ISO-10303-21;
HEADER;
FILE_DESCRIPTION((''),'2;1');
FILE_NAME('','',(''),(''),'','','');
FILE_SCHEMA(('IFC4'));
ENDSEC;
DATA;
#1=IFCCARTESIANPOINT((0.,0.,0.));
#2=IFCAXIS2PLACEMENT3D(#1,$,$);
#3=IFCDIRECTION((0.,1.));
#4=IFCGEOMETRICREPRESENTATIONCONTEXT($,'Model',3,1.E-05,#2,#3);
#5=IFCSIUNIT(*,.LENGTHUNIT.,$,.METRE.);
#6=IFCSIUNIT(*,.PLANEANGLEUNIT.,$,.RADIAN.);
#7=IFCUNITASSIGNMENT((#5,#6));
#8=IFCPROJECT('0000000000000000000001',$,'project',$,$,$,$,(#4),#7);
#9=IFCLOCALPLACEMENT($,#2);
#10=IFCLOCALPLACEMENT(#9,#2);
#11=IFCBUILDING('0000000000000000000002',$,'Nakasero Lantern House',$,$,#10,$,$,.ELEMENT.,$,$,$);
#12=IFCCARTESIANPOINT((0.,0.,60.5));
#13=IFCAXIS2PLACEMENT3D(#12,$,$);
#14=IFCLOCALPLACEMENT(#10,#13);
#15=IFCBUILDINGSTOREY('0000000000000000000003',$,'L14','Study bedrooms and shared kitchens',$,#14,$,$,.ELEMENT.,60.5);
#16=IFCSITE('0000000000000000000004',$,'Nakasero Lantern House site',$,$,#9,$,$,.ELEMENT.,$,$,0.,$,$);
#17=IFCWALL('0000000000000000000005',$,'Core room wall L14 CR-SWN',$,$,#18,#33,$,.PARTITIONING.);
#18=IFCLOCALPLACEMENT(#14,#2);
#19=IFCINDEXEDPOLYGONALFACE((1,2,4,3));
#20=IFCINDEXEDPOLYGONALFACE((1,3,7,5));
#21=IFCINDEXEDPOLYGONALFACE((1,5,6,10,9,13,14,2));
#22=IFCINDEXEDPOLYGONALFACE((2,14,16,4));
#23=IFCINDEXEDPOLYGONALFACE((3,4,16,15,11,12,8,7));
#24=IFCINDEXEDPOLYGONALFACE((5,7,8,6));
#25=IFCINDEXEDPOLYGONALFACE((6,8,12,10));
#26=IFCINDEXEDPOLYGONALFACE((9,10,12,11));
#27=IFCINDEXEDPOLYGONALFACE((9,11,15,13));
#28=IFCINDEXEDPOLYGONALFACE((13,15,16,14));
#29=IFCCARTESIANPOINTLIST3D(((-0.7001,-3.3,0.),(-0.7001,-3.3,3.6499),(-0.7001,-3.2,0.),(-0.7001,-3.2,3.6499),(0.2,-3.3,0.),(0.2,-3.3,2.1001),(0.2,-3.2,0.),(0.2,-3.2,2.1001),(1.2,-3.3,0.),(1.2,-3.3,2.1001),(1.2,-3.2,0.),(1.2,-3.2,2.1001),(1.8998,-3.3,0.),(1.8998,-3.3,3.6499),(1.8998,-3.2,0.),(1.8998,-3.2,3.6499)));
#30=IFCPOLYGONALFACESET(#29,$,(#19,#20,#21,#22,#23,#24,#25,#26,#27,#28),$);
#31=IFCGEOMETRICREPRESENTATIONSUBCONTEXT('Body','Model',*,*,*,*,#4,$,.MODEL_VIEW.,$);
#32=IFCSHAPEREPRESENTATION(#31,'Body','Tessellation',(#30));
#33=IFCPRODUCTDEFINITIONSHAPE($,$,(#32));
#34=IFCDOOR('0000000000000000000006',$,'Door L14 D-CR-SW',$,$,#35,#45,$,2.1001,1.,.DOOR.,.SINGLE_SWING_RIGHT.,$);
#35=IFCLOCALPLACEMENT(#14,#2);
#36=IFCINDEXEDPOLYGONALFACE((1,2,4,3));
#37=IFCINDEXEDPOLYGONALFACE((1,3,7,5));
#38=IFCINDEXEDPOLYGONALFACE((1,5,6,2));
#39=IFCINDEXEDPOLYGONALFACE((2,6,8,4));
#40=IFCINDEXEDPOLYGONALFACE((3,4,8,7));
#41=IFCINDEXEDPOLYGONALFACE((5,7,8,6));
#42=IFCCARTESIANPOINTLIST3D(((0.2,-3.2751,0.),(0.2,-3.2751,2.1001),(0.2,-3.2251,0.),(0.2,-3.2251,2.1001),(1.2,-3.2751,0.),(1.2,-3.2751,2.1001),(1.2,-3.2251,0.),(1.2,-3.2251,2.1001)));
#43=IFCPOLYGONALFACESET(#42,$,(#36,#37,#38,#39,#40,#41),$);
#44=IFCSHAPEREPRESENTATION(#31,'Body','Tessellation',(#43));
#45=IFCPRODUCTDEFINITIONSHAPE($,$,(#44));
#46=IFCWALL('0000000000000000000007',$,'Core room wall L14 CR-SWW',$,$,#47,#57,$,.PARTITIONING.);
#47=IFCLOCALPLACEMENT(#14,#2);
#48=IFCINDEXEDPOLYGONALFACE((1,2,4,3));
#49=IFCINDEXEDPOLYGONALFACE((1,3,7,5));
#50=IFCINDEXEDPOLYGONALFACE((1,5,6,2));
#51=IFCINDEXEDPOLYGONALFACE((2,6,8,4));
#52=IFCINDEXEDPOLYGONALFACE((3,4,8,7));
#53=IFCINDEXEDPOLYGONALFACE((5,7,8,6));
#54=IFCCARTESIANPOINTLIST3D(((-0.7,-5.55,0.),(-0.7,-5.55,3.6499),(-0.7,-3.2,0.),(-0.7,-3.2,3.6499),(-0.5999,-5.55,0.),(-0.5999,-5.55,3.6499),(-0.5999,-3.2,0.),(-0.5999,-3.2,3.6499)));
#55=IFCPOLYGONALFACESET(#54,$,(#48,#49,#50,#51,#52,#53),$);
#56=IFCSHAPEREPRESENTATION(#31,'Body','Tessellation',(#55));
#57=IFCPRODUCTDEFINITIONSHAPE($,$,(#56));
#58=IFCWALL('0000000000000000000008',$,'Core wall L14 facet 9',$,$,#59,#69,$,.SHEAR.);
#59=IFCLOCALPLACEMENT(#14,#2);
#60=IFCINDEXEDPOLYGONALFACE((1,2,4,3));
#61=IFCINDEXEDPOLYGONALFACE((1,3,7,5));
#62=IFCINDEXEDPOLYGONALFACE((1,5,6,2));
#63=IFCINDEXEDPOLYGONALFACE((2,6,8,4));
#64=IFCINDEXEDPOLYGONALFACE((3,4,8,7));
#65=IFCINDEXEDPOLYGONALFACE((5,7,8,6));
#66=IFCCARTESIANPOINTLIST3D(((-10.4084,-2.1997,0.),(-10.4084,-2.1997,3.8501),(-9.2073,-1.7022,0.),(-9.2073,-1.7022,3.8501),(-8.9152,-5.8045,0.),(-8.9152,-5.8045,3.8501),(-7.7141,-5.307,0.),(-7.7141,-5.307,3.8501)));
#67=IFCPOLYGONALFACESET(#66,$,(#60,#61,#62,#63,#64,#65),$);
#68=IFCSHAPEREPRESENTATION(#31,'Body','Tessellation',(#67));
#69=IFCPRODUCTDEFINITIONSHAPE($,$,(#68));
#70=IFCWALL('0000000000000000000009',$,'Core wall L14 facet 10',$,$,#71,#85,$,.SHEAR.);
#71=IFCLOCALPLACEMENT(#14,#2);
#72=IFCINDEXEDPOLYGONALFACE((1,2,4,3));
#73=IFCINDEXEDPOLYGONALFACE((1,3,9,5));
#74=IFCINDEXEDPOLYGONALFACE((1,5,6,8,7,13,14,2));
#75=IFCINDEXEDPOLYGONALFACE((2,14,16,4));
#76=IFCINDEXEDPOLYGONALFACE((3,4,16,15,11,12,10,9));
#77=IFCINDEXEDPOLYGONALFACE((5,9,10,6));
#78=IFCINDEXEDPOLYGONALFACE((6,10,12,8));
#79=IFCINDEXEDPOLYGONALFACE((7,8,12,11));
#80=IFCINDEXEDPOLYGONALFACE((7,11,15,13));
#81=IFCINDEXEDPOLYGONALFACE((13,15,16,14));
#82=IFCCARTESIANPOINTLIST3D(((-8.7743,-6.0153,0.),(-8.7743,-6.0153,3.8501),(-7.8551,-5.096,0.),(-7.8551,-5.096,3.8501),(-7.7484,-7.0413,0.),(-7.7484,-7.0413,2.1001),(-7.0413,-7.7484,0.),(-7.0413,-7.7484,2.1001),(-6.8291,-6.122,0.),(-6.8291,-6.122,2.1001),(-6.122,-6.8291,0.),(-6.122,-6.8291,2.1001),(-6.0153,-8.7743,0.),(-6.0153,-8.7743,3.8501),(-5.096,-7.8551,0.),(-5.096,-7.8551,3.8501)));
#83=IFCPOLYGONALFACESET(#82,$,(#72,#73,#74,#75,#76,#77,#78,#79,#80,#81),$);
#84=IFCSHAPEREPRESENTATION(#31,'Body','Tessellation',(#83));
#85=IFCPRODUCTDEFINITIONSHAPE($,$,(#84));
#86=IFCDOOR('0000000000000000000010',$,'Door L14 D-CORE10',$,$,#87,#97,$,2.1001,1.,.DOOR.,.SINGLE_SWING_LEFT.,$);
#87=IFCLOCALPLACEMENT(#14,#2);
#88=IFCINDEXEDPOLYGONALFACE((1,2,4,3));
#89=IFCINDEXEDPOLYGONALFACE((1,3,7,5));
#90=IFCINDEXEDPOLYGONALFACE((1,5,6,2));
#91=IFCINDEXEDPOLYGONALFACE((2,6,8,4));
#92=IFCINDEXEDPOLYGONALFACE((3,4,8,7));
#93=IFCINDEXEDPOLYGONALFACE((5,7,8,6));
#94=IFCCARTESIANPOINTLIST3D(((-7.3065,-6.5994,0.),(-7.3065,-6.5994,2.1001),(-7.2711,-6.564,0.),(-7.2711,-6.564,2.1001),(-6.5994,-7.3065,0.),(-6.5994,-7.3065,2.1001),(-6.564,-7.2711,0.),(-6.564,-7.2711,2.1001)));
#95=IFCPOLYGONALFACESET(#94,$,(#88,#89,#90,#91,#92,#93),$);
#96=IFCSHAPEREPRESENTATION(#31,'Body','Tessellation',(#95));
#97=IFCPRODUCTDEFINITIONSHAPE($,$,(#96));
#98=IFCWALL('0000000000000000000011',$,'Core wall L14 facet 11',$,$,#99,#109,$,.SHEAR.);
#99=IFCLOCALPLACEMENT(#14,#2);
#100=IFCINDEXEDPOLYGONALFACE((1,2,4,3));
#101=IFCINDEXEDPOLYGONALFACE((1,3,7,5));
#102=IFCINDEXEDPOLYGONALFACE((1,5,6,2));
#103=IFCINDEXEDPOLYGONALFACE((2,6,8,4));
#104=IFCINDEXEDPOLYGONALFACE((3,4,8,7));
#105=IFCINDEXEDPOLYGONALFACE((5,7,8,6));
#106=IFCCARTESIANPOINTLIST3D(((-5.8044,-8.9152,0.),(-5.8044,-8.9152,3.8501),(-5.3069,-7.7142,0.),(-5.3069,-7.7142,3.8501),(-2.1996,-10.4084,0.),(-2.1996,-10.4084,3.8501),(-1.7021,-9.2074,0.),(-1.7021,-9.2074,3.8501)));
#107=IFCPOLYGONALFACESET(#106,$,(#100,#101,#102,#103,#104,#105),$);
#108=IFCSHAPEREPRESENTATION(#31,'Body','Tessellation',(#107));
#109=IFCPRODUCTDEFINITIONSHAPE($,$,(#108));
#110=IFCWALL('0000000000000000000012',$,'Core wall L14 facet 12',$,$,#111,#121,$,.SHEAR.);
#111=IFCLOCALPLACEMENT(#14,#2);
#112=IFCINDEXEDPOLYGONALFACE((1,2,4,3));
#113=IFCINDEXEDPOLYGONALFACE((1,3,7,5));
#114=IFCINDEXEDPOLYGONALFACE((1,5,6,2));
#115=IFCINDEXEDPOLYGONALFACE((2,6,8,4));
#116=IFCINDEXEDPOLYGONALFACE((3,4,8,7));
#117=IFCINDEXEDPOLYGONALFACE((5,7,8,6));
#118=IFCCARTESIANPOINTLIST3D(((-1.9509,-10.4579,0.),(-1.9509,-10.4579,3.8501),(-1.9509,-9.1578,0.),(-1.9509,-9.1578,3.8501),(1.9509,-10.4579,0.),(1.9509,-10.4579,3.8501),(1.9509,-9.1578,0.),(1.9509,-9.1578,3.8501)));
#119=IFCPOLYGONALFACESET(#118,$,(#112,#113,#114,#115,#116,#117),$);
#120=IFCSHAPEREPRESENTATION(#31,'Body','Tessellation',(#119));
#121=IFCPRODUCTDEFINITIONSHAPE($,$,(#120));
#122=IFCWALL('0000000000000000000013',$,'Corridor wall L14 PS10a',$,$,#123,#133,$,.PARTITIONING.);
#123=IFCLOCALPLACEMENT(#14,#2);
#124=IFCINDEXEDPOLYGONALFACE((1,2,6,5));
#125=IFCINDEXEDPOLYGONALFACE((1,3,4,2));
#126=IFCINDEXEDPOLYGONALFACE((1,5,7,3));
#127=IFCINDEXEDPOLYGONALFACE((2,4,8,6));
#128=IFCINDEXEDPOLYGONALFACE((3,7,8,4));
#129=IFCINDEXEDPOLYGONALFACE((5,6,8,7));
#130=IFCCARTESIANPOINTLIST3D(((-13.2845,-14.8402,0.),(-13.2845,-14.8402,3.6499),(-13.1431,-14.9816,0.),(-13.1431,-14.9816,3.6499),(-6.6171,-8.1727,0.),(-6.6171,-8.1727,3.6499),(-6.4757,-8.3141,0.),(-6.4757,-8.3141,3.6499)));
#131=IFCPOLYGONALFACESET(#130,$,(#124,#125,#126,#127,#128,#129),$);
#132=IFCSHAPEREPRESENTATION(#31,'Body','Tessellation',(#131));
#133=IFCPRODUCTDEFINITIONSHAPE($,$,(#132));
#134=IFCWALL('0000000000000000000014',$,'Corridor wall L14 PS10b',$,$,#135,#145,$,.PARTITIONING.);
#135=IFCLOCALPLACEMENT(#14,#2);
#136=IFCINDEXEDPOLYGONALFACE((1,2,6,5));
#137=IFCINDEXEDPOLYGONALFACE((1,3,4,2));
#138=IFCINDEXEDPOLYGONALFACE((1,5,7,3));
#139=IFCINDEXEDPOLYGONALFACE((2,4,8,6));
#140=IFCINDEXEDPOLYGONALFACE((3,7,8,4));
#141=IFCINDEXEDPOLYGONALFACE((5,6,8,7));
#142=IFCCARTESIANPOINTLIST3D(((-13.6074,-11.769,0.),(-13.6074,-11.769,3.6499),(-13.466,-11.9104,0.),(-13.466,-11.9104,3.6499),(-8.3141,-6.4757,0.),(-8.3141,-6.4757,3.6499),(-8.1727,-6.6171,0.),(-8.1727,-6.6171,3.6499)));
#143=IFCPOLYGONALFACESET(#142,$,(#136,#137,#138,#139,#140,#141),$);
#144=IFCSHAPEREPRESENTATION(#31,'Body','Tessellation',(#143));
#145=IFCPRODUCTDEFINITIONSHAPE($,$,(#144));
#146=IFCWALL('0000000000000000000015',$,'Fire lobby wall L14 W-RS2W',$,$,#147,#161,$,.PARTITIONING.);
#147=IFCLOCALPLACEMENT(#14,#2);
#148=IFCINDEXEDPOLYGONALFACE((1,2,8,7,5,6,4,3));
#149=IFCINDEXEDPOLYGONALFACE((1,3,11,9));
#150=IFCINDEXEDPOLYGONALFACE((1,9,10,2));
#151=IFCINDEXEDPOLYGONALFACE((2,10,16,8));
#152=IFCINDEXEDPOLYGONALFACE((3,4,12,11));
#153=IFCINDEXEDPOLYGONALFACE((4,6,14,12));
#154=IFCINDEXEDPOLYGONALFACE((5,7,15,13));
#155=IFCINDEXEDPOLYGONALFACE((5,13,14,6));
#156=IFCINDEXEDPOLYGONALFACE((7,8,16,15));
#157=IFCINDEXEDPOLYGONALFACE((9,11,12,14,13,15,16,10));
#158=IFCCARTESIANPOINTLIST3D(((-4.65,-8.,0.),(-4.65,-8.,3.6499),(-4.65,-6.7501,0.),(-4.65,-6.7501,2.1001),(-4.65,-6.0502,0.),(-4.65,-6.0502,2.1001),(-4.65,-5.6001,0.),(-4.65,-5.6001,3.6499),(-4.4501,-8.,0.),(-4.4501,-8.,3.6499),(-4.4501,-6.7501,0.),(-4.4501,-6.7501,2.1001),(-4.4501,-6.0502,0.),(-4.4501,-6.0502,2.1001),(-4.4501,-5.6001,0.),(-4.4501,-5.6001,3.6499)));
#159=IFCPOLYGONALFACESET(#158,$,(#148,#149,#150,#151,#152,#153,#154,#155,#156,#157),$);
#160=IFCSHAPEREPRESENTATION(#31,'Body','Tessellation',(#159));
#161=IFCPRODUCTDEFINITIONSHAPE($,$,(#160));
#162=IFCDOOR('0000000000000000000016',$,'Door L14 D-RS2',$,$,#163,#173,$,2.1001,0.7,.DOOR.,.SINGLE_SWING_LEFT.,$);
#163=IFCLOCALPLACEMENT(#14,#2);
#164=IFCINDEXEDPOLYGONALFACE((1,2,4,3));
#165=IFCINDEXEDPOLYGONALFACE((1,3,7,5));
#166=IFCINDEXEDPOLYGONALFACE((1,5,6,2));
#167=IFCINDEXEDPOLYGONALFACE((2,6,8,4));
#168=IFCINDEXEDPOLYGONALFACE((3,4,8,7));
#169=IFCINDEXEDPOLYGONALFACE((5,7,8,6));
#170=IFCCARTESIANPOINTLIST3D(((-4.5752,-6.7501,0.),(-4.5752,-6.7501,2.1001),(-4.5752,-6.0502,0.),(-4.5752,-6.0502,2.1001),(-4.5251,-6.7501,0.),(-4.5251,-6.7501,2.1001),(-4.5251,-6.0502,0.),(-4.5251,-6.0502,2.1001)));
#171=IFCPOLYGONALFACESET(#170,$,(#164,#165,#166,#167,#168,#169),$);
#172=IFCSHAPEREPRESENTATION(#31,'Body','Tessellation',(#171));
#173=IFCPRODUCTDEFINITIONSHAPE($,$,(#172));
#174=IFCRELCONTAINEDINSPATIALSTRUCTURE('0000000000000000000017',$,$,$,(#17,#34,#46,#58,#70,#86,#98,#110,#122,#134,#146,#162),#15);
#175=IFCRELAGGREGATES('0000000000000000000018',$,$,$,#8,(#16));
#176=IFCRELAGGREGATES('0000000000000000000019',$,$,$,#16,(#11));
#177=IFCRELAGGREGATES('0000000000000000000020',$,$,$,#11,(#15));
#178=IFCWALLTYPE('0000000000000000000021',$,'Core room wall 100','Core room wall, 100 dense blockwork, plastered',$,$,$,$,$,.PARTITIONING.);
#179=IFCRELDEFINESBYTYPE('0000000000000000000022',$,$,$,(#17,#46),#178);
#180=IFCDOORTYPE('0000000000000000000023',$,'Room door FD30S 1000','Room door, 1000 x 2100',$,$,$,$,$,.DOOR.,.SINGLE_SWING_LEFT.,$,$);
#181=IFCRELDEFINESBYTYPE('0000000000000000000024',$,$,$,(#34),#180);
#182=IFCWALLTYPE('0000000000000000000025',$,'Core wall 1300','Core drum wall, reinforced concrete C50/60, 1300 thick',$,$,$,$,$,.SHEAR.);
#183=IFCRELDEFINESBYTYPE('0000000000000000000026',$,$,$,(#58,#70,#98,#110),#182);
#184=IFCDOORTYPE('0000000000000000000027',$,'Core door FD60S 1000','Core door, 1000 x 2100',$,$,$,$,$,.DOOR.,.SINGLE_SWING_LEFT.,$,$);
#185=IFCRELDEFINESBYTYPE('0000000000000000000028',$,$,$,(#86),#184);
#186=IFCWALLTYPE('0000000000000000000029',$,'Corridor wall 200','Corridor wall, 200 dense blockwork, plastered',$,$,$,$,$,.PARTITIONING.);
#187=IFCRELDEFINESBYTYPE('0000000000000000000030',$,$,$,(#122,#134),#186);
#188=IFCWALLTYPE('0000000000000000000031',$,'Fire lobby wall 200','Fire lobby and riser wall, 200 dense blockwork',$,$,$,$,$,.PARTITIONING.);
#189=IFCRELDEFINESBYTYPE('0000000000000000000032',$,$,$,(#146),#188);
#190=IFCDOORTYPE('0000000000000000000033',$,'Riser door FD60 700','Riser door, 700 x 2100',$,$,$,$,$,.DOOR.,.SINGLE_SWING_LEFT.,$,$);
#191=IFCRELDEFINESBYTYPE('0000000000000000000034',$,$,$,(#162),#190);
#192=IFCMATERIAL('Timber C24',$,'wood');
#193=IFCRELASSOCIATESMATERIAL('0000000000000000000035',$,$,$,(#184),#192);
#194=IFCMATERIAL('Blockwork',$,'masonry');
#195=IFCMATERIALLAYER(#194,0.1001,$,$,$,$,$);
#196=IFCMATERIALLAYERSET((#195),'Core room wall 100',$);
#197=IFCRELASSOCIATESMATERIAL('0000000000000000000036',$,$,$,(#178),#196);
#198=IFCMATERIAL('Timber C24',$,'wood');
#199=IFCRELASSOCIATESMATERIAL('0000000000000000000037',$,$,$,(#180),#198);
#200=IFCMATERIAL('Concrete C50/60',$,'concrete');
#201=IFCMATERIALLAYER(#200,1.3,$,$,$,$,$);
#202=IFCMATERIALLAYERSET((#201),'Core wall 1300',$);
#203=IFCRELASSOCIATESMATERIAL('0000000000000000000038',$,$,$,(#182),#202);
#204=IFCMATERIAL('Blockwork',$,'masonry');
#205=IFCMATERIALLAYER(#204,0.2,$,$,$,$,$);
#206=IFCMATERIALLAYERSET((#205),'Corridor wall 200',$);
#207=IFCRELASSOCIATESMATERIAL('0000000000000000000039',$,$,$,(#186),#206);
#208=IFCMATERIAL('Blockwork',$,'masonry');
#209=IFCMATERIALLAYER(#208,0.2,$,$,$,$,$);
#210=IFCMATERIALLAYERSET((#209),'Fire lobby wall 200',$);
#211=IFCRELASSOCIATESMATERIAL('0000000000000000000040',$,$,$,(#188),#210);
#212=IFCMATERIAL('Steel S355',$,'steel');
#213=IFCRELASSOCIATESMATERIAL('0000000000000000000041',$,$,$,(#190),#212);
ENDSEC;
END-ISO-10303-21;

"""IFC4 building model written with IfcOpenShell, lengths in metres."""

from ifc_helpers import new_model, si_unit, direction, frame, frame_2d, origin, place, context, subcontext, project, spatial, rectangle, extrude, material, layer, layer_set, type_object, element, fill, save


model = new_model("IFC4")

# Units and contexts
model_context = context("Model", 3, precision=1e-05, world=origin(), true_north=direction((0.0, 1.0)))
body_context = subcontext(model_context, "Body", "Model", "MODEL_VIEW")
ifc_project = project(units=[si_unit("LENGTHUNIT", "METRE"), si_unit("PLANEANGLEUNIT", "RADIAN")], contexts=[model_context])

# Site, building, storey
site_placement = place(None, origin())
site = spatial("IfcSite", under=ifc_project, at=site_placement, Name="Nakasero Lantern House site", CompositionType="ELEMENT", RefElevation=0.0)
building_placement = place(site_placement, origin())
building = spatial("IfcBuilding", under=site, at=building_placement, Name="Nakasero Lantern House", CompositionType="ELEMENT")
storey_placement = place(building_placement, frame((0.0, 0.0, 60.5)))
storey = spatial("IfcBuildingStorey", under=building, at=storey_placement, Name="L14", Description="Study bedrooms and shared kitchens", CompositionType="ELEMENT", Elevation=60.5)

# Shared definitions
ifc_material_1 = material(Name="Timber C24", Category="wood")
door_type_1 = type_object("IfcDoorType", Name="Core door FD60S 1000", Description="Core door, 1000 x 2100", OperationType="SINGLE_SWING_LEFT", PredefinedType="DOOR", material=ifc_material_1)

# Wall, opening, door
ifc_material_2 = material(Name="Blockwork", Category="masonry")
ifc_layer_1 = layer(ifc_material_2, 0.1001)
ifc_layer_set_1 = layer_set([ifc_layer_1], Name="Core room wall 100")
wall_type_1 = type_object("IfcWallType", Name="Core room wall 100", Description="Core room wall, 100 dense blockwork, plastered", PredefinedType="PARTITIONING", material=ifc_layer_set_1)
wall_1_placement = place(storey_placement, frame((-0.7, -3.25, 0.0), z_axis=(0.0, 0.0, 1.0), x_axis=(1.0, 0.0, 0.0)))
wall_1 = element("IfcWall", 1, at=wall_1_placement, inside=storey, type_object=wall_type_1, Name="Core room wall L14 CR-SWN", PredefinedType="PARTITIONING", context=body_context, shape_type="SweptSolid", body=[
    extrude(rectangle(XDim=2.5999, YDim=0.1001, at=frame_2d((1.2998, 0.0))), origin(), (0.0, 0.0, 1.0), 3.6499),
])
opening_1_placement = place(wall_1_placement, frame((0.8999, 0.0, 0.0)))
opening_1 = element("IfcOpeningElement", 2, at=opening_1_placement, cuts=wall_1, PredefinedType="OPENING", context=body_context, shape_type="SweptSolid", body=[
    extrude(rectangle(XDim=1.0, YDim=2.1001, at=frame_2d((0.5, 1.05))), frame((0.0, 0.0701, 0.0), z_axis=(0.0, -1.0, 0.0), x_axis=(1.0, 0.0, 0.0)), (0.0, 0.0, 1.0), 0.1401),
])
ifc_material_3 = material(Name="Timber C24", Category="wood")
door_type_2 = type_object("IfcDoorType", Name="Room door FD30S 1000", Description="Room door, 1000 x 2100", OperationType="SINGLE_SWING_LEFT", PredefinedType="DOOR", material=ifc_material_3)
door_1_placement = place(opening_1_placement, origin())
door_1 = element("IfcDoor", 3, at=door_1_placement, inside=storey, type_object=door_type_2, Name="Door L14 D-CR-SW", OperationType="SINGLE_SWING_RIGHT", OverallHeight=2.1001, OverallWidth=1.0, PredefinedType="DOOR", context=body_context, shape_type="SweptSolid", body=[
    extrude(rectangle(XDim=1.0, YDim=2.1001, at=frame_2d((0.5, 1.05))), frame((0.0, 0.0249, 0.0), z_axis=(0.0, -1.0, 0.0), x_axis=(1.0, 0.0, 0.0)), (0.0, 0.0, 1.0), 0.05),
])
fill(opening_1, door_1)

# Walls
wall_2_placement = place(storey_placement, frame((-0.6499, -5.55, 0.0), z_axis=(0.0, 0.0, 1.0), x_axis=(0.0, 1.0, 0.0)))
element("IfcWall", 4, at=wall_2_placement, inside=storey, type_object=wall_type_1, Name="Core room wall L14 CR-SWW", PredefinedType="PARTITIONING", context=body_context, shape_type="SweptSolid", body=[
    extrude(rectangle(XDim=2.3501, YDim=0.1001, at=frame_2d((1.175, 0.0))), origin(), (0.0, 0.0, 1.0), 3.6499),
])
ifc_material_4 = material(Name="Concrete C50/60", Category="concrete")
ifc_layer_2 = layer(ifc_material_4, 1.3)
ifc_layer_set_2 = layer_set([ifc_layer_2], Name="Core wall 1300")
wall_type_2 = type_object("IfcWallType", Name="Core wall 1300", Description="Core drum wall, reinforced concrete C50/60, 1300 thick", PredefinedType="SHEAR", material=ifc_layer_set_2)
wall_3_placement = place(storey_placement, frame((-9.8079, -1.9509, 0.0), z_axis=(0.0, 0.0, 1.0), x_axis=(0.382691, -0.923877, 0.0)))
element("IfcWall", 5, at=wall_3_placement, inside=storey, type_object=wall_type_2, Name="Core wall L14 facet 9", PredefinedType="SHEAR", context=body_context, shape_type="SweptSolid", body=[
    extrude(rectangle(XDim=3.9019, YDim=1.3, at=frame_2d((1.9509, 0.0))), origin(), (0.0, 0.0, 1.0), 3.8501),
])

# Wall, opening, door
wall_4_placement = place(storey_placement, frame((-8.3147, -5.5557, 0.0), z_axis=(0.0, 0.0, 1.0), x_axis=(0.707107, -0.707107, 0.0)))
wall_4 = element("IfcWall", 6, at=wall_4_placement, inside=storey, type_object=wall_type_2, Name="Core wall L14 facet 10", PredefinedType="SHEAR", context=body_context, shape_type="SweptSolid", body=[
    extrude(rectangle(XDim=3.9019, YDim=1.3, at=frame_2d((1.9509, 0.0))), origin(), (0.0, 0.0, 1.0), 3.8501),
])
opening_2_placement = place(wall_4_placement, frame((1.4509, 0.0, 0.0)))
opening_2 = element("IfcOpeningElement", 7, at=opening_2_placement, cuts=wall_4, PredefinedType="OPENING", context=body_context, shape_type="SweptSolid", body=[
    extrude(rectangle(XDim=1.0, YDim=2.1001, at=frame_2d((0.5, 1.05))), frame((0.0, 0.6699, 0.0), z_axis=(0.0, -1.0, 0.0), x_axis=(1.0, 0.0, 0.0)), (0.0, 0.0, 1.0), 1.3401),
])
door_2_placement = place(opening_2_placement, origin())
door_2 = element("IfcDoor", 8, at=door_2_placement, inside=storey, type_object=door_type_1, Name="Door L14 D-CORE10", OperationType="SINGLE_SWING_LEFT", OverallHeight=2.1001, OverallWidth=1.0, PredefinedType="DOOR", context=body_context, shape_type="SweptSolid", body=[
    extrude(rectangle(XDim=1.0, YDim=2.1001, at=frame_2d((0.5, 1.05))), frame((0.0, 0.0249, 0.0), z_axis=(0.0, -1.0, 0.0), x_axis=(1.0, 0.0, 0.0)), (0.0, 0.0, 1.0), 0.05),
])
fill(opening_2, door_2)

# Walls
for number, where, z_axis, x_axis, name in (
    (9, (-5.5557, -8.3147, 0.0), (0.0, 0.0, 1.0), (0.923877, -0.382691, 0.0), "Core wall L14 facet 11"),
    (10, (-1.9509, -9.8079, 0.0), (0.0, 0.0, 1.0), (1.0, 0.0, 0.0), "Core wall L14 facet 12"),
):
    element("IfcWall", number, at=place(storey_placement, frame(where, z_axis=z_axis, x_axis=x_axis)), inside=storey, type_object=wall_type_2, Name=name, PredefinedType="SHEAR", context=body_context, shape_type="SweptSolid", body=[
        extrude(rectangle(XDim=3.9019, YDim=1.3, at=frame_2d((1.9509, 0.0))), origin(), (0.0, 0.0, 1.0), 3.8501),
    ])
ifc_material_5 = material(Name="Blockwork", Category="masonry")
ifc_layer_3 = layer(ifc_material_5, 0.2)
ifc_layer_set_3 = layer_set([ifc_layer_3], Name="Corridor wall 200")
wall_type_3 = type_object("IfcWallType", Name="Corridor wall 200", Description="Corridor wall, 200 dense blockwork, plastered", PredefinedType="PARTITIONING", material=ifc_layer_set_3)
wall_5_placement = place(storey_placement, frame((-6.5464, -8.2434, 0.0), z_axis=(0.0, 0.0, 1.0), x_axis=(-0.707107, -0.707107, 0.0)))
element("IfcWall", 11, at=wall_5_placement, inside=storey, type_object=wall_type_3, Name="Corridor wall L14 PS10a", PredefinedType="PARTITIONING", context=body_context, shape_type="SweptSolid", body=[
    extrude(rectangle(XDim=9.4292, YDim=0.2, at=frame_2d((4.7146, 0.0))), origin(), (0.0, 0.0, 1.0), 3.6499),
])
wall_6_placement = place(storey_placement, frame((-8.2434, -6.5464, 0.0), z_axis=(0.0, 0.0, 1.0), x_axis=(-0.707107, -0.707107, 0.0)))
element("IfcWall", 12, at=wall_6_placement, inside=storey, type_object=wall_type_3, Name="Corridor wall L14 PS10b", PredefinedType="PARTITIONING", context=body_context, shape_type="SweptSolid", body=[
    extrude(rectangle(XDim=7.4858, YDim=0.2, at=frame_2d((3.7429, 0.0))), origin(), (0.0, 0.0, 1.0), 3.6499),
])

# Wall, opening, door
ifc_material_6 = material(Name="Blockwork", Category="masonry")
ifc_layer_4 = layer(ifc_material_6, 0.2)
ifc_layer_set_4 = layer_set([ifc_layer_4], Name="Fire lobby wall 200")
wall_type_4 = type_object("IfcWallType", Name="Fire lobby wall 200", Description="Fire lobby and riser wall, 200 dense blockwork", PredefinedType="PARTITIONING", material=ifc_layer_set_4)
wall_7_placement = place(storey_placement, frame((-4.55, -5.6001, 0.0), z_axis=(0.0, 0.0, 1.0), x_axis=(0.0, -1.0, 0.0)))
wall_7 = element("IfcWall", 13, at=wall_7_placement, inside=storey, type_object=wall_type_4, Name="Fire lobby wall L14 W-RS2W", PredefinedType="PARTITIONING", context=body_context, shape_type="SweptSolid", body=[
    extrude(rectangle(XDim=2.3999, YDim=0.2, at=frame_2d((1.2, 0.0))), origin(), (0.0, 0.0, 1.0), 3.6499),
])
opening_3_placement = place(wall_7_placement, frame((0.45, 0.0, 0.0)))
opening_3 = element("IfcOpeningElement", 14, at=opening_3_placement, cuts=wall_7, PredefinedType="OPENING", context=body_context, shape_type="SweptSolid", body=[
    extrude(rectangle(XDim=0.7, YDim=2.1001, at=frame_2d((0.3501, 1.05))), frame((0.0, 0.1199, 0.0), z_axis=(0.0, -1.0, 0.0), x_axis=(1.0, 0.0, 0.0)), (0.0, 0.0, 1.0), 0.24),
])
ifc_material_7 = material(Name="Steel S355", Category="steel")
door_type_3 = type_object("IfcDoorType", Name="Riser door FD60 700", Description="Riser door, 700 x 2100", OperationType="SINGLE_SWING_LEFT", PredefinedType="DOOR", material=ifc_material_7)
door_3_placement = place(opening_3_placement, origin())
door_3 = element("IfcDoor", 15, at=door_3_placement, inside=storey, type_object=door_type_3, Name="Door L14 D-RS2", OperationType="SINGLE_SWING_LEFT", OverallHeight=2.1001, OverallWidth=0.7, PredefinedType="DOOR", context=body_context, shape_type="SweptSolid", body=[
    extrude(rectangle(XDim=0.7, YDim=2.1001, at=frame_2d((0.3501, 1.05))), frame((0.0, 0.0249, 0.0), z_axis=(0.0, -1.0, 0.0), x_axis=(1.0, 0.0, 0.0)), (0.0, 0.0, 1.0), 0.05),
])
fill(opening_3, door_3)

save(model, "model.ifc")
